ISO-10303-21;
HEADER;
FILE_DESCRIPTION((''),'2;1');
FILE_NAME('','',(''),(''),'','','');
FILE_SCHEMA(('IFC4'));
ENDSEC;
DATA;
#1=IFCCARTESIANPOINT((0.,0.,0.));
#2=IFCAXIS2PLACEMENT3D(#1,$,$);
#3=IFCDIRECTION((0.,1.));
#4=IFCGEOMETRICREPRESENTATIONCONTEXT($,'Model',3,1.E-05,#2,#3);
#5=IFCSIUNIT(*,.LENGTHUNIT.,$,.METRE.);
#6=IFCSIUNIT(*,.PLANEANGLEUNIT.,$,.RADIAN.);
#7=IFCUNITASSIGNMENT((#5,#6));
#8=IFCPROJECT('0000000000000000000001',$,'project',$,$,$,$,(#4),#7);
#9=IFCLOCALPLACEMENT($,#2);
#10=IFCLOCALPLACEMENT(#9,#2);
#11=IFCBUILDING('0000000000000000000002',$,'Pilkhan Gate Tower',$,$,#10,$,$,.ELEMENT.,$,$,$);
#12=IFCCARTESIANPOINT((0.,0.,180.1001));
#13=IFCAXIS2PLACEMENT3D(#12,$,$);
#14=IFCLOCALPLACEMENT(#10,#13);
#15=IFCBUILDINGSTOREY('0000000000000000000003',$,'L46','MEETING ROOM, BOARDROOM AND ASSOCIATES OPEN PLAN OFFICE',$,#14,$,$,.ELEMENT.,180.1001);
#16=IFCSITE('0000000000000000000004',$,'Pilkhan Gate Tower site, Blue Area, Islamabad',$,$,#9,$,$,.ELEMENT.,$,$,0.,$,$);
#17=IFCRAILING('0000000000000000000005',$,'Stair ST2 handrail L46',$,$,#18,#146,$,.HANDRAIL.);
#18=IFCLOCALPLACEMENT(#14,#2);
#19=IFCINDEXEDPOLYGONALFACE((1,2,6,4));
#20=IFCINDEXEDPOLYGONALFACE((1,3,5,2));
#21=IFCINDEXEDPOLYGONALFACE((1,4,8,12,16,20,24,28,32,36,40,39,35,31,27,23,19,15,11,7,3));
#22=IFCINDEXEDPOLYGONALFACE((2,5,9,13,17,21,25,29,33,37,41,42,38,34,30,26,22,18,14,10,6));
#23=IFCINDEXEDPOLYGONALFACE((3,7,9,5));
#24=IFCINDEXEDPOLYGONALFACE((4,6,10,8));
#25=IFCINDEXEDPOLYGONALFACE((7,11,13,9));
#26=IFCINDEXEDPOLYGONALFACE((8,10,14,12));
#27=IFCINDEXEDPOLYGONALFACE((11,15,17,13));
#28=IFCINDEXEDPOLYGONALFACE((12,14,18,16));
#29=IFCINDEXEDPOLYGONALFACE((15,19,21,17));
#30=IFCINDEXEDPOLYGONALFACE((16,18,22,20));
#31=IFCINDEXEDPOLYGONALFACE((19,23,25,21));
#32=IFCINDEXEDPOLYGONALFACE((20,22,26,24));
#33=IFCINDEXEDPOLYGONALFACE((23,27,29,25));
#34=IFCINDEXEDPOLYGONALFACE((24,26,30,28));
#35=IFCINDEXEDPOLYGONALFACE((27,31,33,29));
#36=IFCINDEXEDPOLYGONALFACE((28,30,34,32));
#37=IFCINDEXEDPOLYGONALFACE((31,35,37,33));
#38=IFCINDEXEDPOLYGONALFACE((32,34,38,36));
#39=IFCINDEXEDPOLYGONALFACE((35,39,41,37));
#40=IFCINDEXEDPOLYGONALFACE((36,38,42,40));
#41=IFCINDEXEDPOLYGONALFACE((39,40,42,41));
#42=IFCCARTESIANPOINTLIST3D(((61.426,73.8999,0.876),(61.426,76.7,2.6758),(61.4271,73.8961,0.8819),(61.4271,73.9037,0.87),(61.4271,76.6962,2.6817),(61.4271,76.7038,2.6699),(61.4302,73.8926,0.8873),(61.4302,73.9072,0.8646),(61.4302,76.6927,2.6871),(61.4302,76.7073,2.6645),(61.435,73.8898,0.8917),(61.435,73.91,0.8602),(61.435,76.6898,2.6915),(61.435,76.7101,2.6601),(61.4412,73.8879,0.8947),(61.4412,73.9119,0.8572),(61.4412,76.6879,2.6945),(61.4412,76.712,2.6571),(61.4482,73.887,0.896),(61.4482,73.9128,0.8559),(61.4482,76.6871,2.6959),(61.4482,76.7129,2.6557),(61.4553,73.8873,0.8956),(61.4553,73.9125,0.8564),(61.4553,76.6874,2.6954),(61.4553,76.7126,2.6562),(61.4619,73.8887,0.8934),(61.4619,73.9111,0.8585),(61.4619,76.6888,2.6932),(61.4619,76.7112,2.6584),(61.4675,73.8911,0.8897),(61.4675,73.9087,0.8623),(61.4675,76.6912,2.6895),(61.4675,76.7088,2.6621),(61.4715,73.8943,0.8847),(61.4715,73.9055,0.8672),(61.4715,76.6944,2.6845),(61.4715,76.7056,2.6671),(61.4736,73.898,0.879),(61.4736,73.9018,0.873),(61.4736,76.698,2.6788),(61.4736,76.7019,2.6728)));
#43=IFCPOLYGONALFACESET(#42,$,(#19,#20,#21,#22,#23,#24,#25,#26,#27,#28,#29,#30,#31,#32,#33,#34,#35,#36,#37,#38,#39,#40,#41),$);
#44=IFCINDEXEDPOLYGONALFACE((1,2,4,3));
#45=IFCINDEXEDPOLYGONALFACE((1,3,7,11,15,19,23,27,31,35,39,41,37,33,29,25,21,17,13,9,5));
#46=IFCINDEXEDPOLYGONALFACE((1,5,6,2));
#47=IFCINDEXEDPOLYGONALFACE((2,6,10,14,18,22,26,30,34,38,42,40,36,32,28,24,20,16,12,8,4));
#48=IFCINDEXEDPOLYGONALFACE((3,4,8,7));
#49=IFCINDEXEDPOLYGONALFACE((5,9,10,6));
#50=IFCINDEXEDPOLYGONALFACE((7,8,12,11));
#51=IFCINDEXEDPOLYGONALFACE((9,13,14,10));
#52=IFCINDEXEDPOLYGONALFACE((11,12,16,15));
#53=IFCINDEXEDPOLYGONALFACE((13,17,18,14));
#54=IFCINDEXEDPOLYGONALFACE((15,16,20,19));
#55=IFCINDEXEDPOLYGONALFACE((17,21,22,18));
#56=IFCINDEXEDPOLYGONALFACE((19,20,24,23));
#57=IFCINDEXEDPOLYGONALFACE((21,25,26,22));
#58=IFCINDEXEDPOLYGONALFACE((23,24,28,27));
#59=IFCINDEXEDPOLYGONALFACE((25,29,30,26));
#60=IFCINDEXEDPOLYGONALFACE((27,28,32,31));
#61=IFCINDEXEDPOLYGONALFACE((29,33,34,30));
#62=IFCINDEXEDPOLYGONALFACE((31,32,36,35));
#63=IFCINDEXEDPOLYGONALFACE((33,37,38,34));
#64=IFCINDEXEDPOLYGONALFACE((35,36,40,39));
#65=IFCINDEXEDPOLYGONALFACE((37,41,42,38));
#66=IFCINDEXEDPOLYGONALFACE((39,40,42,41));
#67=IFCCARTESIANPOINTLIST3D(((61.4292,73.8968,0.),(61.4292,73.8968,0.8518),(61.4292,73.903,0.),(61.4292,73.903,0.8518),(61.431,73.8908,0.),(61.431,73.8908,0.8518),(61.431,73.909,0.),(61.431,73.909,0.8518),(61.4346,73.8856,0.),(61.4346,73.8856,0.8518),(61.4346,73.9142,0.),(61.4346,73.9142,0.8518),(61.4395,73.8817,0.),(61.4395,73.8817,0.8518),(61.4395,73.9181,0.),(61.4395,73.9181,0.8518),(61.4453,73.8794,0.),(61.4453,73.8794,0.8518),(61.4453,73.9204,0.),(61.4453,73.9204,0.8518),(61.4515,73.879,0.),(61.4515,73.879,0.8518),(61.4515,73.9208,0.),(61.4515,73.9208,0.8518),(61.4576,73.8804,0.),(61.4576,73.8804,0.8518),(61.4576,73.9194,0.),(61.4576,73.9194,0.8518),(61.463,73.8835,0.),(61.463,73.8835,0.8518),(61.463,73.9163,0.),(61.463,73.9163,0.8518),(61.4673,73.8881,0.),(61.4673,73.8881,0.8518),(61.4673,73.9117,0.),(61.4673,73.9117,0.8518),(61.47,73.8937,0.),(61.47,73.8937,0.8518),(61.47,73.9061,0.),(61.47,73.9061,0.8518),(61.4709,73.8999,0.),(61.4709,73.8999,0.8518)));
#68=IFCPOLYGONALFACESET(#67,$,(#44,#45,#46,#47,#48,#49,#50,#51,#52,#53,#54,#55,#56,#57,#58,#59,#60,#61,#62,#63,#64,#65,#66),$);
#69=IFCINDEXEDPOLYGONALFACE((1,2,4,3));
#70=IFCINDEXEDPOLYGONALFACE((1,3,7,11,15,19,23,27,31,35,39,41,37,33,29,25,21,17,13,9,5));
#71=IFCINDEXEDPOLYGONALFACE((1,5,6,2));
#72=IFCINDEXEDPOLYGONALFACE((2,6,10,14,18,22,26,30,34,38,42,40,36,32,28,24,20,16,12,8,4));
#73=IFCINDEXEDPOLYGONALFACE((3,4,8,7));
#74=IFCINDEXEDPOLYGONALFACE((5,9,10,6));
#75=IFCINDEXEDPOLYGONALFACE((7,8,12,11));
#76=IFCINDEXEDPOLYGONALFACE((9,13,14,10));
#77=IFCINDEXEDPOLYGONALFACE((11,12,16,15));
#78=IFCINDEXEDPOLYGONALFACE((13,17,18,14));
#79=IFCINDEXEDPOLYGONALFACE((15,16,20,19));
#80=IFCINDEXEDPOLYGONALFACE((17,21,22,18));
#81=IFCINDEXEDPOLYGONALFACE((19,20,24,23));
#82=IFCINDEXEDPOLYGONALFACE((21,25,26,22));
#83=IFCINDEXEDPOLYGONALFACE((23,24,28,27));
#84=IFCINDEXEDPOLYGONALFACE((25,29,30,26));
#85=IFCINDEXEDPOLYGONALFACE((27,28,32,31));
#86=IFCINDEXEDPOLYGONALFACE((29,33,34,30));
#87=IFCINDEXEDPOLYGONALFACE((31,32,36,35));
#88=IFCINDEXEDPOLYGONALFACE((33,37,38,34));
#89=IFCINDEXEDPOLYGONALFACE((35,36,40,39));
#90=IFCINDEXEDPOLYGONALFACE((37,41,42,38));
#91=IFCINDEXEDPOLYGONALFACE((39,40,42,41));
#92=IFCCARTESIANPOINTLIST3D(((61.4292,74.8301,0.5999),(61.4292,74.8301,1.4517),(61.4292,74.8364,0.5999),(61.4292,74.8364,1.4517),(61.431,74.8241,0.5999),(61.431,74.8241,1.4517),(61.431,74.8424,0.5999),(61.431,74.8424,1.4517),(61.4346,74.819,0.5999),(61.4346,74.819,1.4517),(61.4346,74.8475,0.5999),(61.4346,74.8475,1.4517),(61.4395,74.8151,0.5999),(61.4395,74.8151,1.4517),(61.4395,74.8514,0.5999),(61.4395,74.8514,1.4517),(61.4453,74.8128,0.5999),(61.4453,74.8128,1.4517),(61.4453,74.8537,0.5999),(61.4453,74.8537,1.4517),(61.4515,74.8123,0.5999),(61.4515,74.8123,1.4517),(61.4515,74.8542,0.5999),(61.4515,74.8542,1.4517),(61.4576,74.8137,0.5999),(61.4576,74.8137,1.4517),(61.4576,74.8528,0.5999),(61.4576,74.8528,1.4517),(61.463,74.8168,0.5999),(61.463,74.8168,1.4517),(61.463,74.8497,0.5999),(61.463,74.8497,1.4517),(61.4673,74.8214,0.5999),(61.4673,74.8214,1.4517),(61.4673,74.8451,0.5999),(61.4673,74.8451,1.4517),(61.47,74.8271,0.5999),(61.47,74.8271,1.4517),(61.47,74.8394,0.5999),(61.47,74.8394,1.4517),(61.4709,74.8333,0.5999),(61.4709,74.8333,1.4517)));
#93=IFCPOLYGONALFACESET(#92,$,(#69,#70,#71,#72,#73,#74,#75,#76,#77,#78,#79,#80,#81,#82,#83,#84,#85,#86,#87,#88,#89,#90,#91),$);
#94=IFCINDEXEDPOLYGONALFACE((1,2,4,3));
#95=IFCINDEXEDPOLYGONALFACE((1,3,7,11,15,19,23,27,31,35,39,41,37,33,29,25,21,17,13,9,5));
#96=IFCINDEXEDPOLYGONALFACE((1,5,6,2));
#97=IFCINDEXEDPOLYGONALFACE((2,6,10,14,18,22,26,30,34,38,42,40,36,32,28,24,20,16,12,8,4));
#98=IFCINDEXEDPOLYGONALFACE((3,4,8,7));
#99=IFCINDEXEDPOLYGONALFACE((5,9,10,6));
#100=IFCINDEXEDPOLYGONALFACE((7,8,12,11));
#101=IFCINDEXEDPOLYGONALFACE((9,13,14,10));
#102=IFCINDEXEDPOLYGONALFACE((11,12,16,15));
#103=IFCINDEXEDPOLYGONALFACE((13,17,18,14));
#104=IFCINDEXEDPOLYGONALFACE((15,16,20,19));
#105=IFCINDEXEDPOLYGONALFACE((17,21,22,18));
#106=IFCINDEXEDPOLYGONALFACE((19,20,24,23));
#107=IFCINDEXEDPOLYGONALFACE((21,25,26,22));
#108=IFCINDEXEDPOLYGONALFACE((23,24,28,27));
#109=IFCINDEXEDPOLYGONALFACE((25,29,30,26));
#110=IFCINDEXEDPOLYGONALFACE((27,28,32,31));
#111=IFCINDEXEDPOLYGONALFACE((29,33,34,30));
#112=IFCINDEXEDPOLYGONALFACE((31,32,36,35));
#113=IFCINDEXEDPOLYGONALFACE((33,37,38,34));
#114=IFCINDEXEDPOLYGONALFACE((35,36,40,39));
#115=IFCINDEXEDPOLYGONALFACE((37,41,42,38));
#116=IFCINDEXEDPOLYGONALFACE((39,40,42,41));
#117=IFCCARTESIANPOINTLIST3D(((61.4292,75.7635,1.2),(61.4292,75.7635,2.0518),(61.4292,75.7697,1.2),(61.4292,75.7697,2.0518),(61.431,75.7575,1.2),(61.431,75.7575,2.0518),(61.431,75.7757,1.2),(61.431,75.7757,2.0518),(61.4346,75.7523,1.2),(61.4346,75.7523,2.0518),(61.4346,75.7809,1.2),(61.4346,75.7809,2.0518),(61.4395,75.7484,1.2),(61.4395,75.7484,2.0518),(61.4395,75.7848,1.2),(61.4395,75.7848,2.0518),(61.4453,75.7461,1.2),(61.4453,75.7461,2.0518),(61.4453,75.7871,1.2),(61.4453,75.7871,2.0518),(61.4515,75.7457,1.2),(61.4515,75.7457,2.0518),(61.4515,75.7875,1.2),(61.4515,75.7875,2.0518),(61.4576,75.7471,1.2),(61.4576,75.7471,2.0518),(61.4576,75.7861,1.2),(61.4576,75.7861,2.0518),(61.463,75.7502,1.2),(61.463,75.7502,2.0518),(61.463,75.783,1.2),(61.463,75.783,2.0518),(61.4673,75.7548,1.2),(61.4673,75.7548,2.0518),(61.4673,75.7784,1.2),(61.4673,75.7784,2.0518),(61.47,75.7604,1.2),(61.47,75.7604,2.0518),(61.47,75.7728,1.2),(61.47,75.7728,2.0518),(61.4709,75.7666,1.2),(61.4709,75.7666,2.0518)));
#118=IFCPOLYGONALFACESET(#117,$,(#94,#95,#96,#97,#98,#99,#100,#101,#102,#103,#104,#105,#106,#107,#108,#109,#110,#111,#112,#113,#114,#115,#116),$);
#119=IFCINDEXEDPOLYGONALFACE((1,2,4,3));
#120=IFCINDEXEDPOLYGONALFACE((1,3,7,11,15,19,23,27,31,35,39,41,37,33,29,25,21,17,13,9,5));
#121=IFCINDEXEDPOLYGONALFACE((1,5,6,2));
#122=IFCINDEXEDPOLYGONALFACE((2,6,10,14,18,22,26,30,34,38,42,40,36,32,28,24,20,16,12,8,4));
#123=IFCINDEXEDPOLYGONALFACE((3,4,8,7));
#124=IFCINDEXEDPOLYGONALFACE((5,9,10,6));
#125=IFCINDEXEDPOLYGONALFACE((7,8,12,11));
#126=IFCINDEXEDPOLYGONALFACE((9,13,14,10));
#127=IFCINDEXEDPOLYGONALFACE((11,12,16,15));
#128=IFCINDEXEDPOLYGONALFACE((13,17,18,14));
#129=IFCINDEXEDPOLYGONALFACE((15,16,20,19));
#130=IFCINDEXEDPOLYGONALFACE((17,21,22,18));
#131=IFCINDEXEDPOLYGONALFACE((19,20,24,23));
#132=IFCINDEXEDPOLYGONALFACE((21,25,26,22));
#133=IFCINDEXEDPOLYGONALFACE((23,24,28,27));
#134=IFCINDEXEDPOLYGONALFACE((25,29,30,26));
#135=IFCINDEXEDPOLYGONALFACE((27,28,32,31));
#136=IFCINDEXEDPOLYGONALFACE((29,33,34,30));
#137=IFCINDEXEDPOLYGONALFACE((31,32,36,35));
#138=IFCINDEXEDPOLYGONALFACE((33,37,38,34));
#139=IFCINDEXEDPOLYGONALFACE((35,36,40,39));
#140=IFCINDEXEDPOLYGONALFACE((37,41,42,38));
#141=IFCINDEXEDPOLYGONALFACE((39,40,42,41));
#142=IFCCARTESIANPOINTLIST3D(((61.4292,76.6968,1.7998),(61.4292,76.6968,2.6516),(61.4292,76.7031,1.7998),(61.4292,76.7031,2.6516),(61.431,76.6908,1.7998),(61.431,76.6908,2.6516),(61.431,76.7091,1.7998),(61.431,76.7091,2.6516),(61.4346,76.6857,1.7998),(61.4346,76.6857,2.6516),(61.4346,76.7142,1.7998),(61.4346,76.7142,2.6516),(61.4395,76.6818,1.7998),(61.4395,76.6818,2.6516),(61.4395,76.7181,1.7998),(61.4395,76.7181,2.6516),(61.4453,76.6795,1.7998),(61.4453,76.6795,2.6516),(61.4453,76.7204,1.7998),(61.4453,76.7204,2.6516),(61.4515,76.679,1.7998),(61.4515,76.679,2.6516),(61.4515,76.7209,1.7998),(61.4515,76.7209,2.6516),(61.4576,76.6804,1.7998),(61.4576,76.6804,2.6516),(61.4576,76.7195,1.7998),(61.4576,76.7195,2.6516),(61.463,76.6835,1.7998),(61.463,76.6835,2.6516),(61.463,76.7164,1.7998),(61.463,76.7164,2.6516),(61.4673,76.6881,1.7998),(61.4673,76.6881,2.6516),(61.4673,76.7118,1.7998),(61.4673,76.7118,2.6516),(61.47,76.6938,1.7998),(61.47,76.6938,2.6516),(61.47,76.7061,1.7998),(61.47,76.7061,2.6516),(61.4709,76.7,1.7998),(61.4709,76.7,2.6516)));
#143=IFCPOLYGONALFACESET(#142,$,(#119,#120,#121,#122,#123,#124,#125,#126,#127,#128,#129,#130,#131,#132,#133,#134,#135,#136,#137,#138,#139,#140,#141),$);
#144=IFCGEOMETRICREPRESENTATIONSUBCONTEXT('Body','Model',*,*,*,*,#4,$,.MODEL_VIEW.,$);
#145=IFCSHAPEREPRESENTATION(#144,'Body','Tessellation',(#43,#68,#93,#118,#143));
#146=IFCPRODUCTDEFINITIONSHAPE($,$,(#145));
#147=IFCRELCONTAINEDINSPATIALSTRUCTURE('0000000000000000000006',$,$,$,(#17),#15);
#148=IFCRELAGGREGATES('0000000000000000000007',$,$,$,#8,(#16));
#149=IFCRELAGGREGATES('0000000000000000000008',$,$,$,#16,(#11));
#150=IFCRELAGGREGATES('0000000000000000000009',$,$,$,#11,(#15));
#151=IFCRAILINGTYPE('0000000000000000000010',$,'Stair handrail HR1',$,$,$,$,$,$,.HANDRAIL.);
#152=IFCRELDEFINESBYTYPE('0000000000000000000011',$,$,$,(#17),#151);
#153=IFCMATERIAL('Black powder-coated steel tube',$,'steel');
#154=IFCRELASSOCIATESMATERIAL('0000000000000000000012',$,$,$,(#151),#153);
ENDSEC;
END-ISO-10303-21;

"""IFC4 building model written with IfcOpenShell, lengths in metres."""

from ifc_helpers import new_model, si_unit, direction, frame, origin, origin_2d, place, context, subcontext, project, spatial, circle, extrude, material, type_object, element, save


model = new_model("IFC4")

# Units and contexts
model_context = context("Model", 3, precision=1e-05, world=origin(), true_north=direction((0.0, 1.0)))
body_context = subcontext(model_context, "Body", "Model", "MODEL_VIEW")
ifc_project = project(units=[si_unit("LENGTHUNIT", "METRE"), si_unit("PLANEANGLEUNIT", "RADIAN")], contexts=[model_context])

# Site, building, storey
site_placement = place(None, origin())
site = spatial("IfcSite", under=ifc_project, at=site_placement, Name="Pilkhan Gate Tower site, Blue Area, Islamabad", CompositionType="ELEMENT", RefElevation=0.0)
building_placement = place(site_placement, origin())
building = spatial("IfcBuilding", under=site, at=building_placement, Name="Pilkhan Gate Tower", CompositionType="ELEMENT")
storey_placement = place(building_placement, frame((0.0, 0.0, 180.1001)))
storey = spatial("IfcBuildingStorey", under=building, at=storey_placement, Name="L46", Description="MEETING ROOM, BOARDROOM AND ASSOCIATES OPEN PLAN OFFICE", CompositionType="ELEMENT", Elevation=180.1001)

# Railing
ifc_material_1 = material(Name="Black powder-coated steel tube", Category="steel")
railing_type_1 = type_object("IfcRailingType", Name="Stair handrail HR1", PredefinedType="HANDRAIL", material=ifc_material_1)
railing_1_placement = place(storey_placement, frame((61.45, 73.8999, 0.0)))
element("IfcRailing", 1, at=railing_1_placement, inside=storey, type_object=railing_type_1, Name="Stair ST2 handrail L46", PredefinedType="HANDRAIL", context=body_context, shape_type="SweptSolid", body=[
    extrude(circle(Radius=0.0239, at=origin_2d()), frame((0.0, 0.0, 0.876), z_axis=(0.0, 0.841209, 0.540709), x_axis=(-1.0, 0.0, 0.0)), (0.0, 0.0, 1.0), 3.3286),
    extrude(circle(Radius=0.021, at=origin_2d()), origin(), (0.0, 0.0, 1.0), 0.8518),
    extrude(circle(Radius=0.021, at=origin_2d()), frame((0.0, 0.9333, 0.5999)), (0.0, 0.0, 1.0), 0.8518),
    extrude(circle(Radius=0.021, at=origin_2d()), frame((0.0, 1.8667, 1.2)), (0.0, 0.0, 1.0), 0.8518),
    extrude(circle(Radius=0.021, at=origin_2d()), frame((0.0, 2.8, 1.7998)), (0.0, 0.0, 1.0), 0.8518),
])

save(model, "model.ifc")
